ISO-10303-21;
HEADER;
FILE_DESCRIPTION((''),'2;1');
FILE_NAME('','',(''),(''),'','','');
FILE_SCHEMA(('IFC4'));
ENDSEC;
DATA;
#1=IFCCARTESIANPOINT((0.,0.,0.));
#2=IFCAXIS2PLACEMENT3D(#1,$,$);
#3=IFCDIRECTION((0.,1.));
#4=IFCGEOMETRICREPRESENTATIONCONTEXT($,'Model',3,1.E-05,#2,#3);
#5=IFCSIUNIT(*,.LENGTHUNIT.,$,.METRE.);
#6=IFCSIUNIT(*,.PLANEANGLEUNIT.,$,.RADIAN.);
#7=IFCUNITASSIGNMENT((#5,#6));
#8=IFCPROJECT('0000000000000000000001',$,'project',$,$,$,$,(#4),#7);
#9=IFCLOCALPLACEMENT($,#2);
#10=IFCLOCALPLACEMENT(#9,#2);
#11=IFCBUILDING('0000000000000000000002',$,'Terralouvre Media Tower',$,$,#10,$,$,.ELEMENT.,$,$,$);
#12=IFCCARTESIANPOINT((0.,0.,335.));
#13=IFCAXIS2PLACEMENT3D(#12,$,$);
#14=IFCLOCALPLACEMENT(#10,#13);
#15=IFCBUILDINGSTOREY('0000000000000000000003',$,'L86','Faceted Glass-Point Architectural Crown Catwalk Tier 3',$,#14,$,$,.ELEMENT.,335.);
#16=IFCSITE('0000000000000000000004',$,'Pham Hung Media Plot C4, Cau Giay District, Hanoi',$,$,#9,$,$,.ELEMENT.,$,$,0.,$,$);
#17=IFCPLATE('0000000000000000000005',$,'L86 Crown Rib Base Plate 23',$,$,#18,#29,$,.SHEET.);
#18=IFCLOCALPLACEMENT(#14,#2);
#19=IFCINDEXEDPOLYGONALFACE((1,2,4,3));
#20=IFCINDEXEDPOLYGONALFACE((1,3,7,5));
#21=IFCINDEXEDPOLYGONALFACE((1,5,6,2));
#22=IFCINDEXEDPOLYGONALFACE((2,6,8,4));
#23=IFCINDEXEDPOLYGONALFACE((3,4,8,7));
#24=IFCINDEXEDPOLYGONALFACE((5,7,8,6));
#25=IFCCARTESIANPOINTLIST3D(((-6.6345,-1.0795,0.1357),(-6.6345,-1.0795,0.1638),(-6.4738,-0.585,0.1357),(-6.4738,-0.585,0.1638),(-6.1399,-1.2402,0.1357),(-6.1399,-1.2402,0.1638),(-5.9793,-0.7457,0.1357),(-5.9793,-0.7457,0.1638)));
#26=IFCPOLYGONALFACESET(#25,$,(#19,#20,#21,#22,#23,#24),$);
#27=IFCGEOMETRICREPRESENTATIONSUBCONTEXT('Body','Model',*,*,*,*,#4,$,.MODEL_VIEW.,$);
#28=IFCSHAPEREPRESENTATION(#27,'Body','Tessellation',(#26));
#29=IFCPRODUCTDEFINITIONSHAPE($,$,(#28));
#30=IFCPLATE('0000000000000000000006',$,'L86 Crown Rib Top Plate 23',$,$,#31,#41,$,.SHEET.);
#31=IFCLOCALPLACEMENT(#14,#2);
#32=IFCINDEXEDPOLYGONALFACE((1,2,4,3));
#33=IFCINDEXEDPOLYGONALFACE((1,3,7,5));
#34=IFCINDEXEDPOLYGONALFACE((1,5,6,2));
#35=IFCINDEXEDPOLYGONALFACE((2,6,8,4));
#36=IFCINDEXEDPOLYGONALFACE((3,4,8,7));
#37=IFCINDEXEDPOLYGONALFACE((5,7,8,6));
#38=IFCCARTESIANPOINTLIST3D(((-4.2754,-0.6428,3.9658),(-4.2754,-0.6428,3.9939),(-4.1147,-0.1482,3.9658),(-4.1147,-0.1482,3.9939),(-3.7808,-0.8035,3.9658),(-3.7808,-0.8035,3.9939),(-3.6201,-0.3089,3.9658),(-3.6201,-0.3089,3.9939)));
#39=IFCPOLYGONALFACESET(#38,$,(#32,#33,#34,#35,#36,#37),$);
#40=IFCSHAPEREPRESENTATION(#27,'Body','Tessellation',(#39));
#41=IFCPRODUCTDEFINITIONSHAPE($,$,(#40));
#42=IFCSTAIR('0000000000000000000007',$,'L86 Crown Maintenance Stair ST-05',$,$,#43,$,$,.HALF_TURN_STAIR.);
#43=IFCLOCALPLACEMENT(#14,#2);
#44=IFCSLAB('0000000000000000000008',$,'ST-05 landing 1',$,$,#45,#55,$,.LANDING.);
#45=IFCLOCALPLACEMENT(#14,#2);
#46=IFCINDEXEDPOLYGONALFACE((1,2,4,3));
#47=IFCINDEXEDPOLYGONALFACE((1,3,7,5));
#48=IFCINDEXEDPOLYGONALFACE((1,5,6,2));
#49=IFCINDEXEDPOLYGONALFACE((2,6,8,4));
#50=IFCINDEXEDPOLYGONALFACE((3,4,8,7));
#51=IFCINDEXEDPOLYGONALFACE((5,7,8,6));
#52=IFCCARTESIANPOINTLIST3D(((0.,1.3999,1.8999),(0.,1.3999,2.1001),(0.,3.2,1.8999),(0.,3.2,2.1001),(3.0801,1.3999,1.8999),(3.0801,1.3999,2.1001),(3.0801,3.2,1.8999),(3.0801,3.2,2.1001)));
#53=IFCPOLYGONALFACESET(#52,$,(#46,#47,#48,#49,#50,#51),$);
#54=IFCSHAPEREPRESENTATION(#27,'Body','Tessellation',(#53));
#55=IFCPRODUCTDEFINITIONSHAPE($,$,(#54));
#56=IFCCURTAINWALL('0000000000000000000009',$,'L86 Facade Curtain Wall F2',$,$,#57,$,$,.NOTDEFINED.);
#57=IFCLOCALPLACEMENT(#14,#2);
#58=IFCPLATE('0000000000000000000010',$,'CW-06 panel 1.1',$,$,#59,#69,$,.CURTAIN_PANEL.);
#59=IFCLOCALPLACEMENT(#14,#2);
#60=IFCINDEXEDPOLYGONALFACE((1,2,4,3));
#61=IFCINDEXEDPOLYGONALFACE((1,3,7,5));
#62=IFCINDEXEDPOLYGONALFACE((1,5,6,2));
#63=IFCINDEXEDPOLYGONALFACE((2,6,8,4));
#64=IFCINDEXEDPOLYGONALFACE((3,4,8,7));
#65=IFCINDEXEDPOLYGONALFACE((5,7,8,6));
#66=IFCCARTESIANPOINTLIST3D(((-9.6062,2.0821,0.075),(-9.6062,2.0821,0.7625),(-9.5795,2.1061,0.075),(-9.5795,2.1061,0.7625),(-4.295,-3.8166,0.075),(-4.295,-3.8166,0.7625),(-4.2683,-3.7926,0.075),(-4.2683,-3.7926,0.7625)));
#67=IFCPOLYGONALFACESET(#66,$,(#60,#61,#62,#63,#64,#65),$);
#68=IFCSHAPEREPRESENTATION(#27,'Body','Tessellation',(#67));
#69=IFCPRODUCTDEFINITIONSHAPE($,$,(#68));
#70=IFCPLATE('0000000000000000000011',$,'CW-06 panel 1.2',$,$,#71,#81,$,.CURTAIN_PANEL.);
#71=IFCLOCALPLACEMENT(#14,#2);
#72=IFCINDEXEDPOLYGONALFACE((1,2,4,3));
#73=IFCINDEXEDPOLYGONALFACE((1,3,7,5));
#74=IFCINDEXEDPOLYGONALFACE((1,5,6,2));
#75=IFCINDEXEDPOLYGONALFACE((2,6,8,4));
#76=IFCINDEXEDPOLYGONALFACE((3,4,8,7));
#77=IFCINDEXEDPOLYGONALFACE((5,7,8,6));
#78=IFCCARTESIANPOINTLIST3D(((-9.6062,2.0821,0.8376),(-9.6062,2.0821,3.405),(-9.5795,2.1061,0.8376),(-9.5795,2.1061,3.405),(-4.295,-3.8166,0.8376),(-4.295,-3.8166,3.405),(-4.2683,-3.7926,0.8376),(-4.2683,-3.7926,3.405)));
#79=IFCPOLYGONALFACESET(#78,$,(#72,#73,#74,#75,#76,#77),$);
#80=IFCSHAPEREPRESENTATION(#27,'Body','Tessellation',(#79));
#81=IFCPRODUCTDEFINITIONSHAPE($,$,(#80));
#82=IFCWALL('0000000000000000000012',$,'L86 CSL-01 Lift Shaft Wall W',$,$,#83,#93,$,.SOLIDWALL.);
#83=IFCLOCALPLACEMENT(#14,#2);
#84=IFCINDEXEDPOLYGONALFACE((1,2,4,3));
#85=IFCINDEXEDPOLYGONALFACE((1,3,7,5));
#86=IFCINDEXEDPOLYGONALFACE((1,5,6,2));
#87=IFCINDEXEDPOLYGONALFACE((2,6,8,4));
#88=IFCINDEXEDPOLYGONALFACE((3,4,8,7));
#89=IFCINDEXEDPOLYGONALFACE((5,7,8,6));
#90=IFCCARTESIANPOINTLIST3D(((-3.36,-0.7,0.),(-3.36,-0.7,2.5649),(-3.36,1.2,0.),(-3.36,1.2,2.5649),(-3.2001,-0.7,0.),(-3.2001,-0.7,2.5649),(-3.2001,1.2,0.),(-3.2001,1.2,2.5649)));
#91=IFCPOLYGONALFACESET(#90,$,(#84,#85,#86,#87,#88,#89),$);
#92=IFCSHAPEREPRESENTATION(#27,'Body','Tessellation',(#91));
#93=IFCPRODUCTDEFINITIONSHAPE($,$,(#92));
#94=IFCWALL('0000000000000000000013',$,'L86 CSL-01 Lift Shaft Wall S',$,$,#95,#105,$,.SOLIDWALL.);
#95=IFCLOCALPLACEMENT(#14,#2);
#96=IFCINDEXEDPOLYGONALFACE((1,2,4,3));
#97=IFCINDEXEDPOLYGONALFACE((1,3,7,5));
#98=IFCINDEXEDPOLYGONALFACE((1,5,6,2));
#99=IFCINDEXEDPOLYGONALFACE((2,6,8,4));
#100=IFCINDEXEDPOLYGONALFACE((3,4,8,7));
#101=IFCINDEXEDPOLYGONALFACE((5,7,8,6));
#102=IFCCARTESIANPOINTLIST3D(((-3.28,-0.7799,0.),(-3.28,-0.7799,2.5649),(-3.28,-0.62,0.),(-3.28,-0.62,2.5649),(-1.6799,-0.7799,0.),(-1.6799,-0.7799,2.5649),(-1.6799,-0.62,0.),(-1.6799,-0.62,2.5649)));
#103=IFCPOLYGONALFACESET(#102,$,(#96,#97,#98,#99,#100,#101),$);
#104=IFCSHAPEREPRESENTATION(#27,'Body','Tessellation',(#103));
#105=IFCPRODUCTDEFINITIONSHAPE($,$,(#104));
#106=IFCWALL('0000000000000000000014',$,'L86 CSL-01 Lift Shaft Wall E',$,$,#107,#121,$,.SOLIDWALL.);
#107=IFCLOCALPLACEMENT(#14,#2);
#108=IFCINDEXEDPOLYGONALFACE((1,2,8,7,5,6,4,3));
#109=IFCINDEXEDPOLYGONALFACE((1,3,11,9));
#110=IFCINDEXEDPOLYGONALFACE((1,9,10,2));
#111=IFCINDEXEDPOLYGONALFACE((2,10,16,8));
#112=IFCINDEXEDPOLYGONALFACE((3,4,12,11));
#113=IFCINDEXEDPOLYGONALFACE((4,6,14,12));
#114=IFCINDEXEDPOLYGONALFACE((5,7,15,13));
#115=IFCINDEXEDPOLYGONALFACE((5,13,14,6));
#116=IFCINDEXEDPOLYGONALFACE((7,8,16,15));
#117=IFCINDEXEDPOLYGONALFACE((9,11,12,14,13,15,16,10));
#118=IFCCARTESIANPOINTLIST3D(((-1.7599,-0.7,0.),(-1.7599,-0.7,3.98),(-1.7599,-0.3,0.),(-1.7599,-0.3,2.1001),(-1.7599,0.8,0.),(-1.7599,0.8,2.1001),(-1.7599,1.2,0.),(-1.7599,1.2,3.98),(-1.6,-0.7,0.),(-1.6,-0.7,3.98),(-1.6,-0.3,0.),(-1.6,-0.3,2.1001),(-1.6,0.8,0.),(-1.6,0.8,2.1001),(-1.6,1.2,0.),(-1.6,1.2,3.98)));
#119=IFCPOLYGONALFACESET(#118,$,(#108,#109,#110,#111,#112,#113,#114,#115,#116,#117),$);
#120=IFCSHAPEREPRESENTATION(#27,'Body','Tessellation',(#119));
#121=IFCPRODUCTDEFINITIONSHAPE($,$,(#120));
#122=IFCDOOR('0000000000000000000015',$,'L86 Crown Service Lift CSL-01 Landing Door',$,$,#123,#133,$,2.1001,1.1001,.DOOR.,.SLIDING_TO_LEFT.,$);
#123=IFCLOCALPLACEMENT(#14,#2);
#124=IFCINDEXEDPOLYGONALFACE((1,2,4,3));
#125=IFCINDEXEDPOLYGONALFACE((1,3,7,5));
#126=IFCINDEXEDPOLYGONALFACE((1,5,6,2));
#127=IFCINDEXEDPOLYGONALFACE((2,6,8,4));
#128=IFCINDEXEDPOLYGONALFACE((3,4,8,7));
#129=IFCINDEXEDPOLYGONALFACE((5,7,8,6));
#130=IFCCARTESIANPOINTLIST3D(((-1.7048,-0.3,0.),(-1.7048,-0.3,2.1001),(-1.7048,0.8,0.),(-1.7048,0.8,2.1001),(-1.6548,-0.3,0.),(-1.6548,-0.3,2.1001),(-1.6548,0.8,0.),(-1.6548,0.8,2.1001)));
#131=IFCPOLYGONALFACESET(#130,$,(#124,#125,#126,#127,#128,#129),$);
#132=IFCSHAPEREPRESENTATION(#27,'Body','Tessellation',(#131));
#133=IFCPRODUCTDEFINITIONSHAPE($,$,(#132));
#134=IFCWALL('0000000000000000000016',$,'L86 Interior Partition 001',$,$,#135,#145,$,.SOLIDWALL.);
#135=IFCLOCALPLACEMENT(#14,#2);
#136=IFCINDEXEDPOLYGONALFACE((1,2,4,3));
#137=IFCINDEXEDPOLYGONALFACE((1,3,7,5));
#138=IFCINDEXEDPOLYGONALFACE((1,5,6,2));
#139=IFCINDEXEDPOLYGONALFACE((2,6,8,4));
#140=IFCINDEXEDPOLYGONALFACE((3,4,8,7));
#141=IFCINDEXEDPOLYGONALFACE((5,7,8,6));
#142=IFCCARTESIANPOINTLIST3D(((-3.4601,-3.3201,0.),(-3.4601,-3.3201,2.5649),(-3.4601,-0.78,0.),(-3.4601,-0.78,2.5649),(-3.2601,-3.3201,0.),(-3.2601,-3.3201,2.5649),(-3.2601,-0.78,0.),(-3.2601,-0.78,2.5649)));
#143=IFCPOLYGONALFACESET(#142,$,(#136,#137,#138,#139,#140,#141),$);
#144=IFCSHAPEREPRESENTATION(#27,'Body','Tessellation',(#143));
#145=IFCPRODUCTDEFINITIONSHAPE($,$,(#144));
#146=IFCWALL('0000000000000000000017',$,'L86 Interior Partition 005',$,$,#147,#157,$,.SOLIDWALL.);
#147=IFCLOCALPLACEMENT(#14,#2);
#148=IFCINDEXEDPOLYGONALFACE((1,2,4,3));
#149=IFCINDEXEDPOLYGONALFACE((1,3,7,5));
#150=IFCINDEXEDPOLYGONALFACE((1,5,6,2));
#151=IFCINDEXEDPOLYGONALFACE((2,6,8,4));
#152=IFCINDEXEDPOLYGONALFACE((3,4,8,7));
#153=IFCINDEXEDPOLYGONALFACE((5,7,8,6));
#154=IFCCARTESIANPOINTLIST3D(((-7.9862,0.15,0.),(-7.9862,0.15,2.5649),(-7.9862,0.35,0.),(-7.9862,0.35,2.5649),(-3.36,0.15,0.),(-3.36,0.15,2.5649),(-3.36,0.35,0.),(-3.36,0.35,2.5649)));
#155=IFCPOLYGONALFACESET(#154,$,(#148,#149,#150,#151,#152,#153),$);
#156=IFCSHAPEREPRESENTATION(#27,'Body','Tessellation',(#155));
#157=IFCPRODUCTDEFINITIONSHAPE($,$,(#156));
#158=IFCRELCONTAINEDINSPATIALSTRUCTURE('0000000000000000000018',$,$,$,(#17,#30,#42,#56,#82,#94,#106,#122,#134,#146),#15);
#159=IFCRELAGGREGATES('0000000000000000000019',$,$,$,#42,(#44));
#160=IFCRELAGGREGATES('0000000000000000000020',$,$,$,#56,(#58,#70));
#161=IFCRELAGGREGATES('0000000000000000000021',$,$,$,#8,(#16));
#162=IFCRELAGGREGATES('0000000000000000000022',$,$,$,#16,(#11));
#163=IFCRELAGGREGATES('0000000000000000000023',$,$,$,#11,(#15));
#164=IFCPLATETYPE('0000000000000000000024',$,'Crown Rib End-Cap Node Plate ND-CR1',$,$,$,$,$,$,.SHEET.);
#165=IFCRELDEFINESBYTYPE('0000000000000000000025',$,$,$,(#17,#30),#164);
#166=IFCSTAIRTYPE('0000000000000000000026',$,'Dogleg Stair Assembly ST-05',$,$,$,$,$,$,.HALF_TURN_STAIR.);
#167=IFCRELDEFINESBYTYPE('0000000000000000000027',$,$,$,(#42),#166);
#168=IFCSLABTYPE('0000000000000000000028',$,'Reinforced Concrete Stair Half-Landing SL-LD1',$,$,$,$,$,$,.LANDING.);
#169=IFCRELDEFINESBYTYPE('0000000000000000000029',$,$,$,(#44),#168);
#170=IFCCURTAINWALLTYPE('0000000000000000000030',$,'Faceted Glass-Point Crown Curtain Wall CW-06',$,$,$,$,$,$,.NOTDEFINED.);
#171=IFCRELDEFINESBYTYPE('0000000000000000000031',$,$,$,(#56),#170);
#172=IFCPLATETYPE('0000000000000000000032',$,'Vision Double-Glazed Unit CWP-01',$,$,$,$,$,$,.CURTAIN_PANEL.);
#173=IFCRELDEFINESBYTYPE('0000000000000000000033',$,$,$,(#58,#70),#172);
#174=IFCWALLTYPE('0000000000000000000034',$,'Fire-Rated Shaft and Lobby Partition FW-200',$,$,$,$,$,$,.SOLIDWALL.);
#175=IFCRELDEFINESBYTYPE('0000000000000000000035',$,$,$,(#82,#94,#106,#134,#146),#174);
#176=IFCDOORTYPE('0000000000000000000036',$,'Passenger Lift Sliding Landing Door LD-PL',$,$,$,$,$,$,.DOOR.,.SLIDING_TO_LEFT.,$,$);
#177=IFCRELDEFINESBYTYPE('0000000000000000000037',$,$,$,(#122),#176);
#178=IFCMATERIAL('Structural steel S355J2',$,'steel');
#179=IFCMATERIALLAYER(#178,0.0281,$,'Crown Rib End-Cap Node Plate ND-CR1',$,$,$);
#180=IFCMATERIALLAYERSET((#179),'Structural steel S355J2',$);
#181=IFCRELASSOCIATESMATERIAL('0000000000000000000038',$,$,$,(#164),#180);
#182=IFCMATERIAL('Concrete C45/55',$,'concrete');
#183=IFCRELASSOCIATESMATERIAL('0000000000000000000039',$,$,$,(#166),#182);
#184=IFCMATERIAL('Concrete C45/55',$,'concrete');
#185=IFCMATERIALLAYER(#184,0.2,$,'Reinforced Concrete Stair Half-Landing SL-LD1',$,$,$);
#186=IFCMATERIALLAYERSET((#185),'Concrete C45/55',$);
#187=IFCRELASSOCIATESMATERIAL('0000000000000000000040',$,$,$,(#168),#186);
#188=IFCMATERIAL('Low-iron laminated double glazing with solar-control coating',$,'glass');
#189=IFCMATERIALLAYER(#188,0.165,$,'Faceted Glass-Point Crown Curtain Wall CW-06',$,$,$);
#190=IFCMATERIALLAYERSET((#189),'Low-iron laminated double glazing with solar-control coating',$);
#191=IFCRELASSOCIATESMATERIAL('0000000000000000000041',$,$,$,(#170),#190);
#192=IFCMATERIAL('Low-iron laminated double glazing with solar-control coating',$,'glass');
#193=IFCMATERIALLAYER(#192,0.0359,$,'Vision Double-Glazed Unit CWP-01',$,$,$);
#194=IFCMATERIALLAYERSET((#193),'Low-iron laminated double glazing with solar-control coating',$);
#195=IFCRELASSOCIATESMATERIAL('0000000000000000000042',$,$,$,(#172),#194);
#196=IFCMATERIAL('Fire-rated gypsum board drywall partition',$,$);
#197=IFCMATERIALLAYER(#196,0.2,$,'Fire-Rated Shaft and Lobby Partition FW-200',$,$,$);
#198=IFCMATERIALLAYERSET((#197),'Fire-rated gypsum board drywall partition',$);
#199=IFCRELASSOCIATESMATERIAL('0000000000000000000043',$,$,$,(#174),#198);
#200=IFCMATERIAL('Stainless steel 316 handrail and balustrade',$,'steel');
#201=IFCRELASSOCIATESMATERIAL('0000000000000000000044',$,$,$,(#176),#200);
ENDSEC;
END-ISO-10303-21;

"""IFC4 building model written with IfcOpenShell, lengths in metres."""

from ifc_helpers import new_model, si_unit, direction, frame, frame_2d, origin, origin_2d, place, context, subcontext, project, spatial, polyline, rectangle, outline, extrude, material, layer, layer_set, type_object, element, fill, aggregate, save


model = new_model("IFC4")

# Units and contexts
model_context = context("Model", 3, precision=1e-05, world=origin(), true_north=direction((0.0, 1.0)))
body_context = subcontext(model_context, "Body", "Model", "MODEL_VIEW")
ifc_project = project(units=[si_unit("LENGTHUNIT", "METRE"), si_unit("PLANEANGLEUNIT", "RADIAN")], contexts=[model_context])

# Site, building, storey
site_placement = place(None, origin())
site = spatial("IfcSite", under=ifc_project, at=site_placement, Name="Pham Hung Media Plot C4, Cau Giay District, Hanoi", CompositionType="ELEMENT", RefElevation=0.0)
building_placement = place(site_placement, origin())
building = spatial("IfcBuilding", under=site, at=building_placement, Name="Terralouvre Media Tower", CompositionType="ELEMENT")
storey_placement = place(building_placement, frame((0.0, 0.0, 335.0)))
storey = spatial("IfcBuildingStorey", under=building, at=storey_placement, Name="L86", Description="Faceted Glass-Point Architectural Crown Catwalk Tier 3", CompositionType="ELEMENT", Elevation=335.0)

# Plates
ifc_material_1 = material(Name="Structural steel S355J2", Category="steel")
ifc_layer_1 = layer(ifc_material_1, 0.0281, Name="Crown Rib End-Cap Node Plate ND-CR1")
ifc_layer_set_1 = layer_set([ifc_layer_1], Name="Structural steel S355J2")
plate_type_1 = type_object("IfcPlateType", Name="Crown Rib End-Cap Node Plate ND-CR1", PredefinedType="SHEET", material=ifc_layer_set_1)
for number, where, z_axis, x_axis, name in (
    (1, (-6.3069, -0.9126, 0.1357), (0.0, 0.0, 1.0), (0.309017, 0.951057, 0.0), "L86 Crown Rib Base Plate 23"),
    (2, (-3.9478, -0.4758, 3.9658), (0.0, 0.0, 1.0), (0.309017, 0.951057, 0.0), "L86 Crown Rib Top Plate 23"),
):
    element("IfcPlate", number, at=place(storey_placement, frame(where, z_axis=z_axis, x_axis=x_axis)), inside=storey, type_object=plate_type_1, Name=name, PredefinedType="SHEET", context=body_context, shape_type="SweptSolid", body=[
        extrude(rectangle(XDim=0.52, YDim=0.52, at=origin_2d()), origin(), (0.0, 0.0, 1.0), 0.0281),
    ])

# Stair, slab
ifc_material_2 = material(Name="Concrete C45/55", Category="concrete")
stair_type = type_object("IfcStairType", Name="Dogleg Stair Assembly ST-05", PredefinedType="HALF_TURN_STAIR", material=ifc_material_2)
stair_placement = place(storey_placement, origin())
stair = element("IfcStair", 3, at=stair_placement, inside=storey, type_object=stair_type, Name="L86 Crown Maintenance Stair ST-05", PredefinedType="HALF_TURN_STAIR")
ifc_material_3 = material(Name="Concrete C45/55", Category="concrete")
ifc_layer_2 = layer(ifc_material_3, 0.2, Name="Reinforced Concrete Stair Half-Landing SL-LD1")
ifc_layer_set_2 = layer_set([ifc_layer_2], Name="Concrete C45/55")
slab_type_1 = type_object("IfcSlabType", Name="Reinforced Concrete Stair Half-Landing SL-LD1", PredefinedType="LANDING", material=ifc_layer_set_2)
slab_1_placement = place(storey_placement, frame((0.0, 0.0, 1.8999)))
slab_1 = element("IfcSlab", 4, at=slab_1_placement, type_object=slab_type_1, Name="ST-05 landing 1", PredefinedType="LANDING", context=body_context, shape_type="SweptSolid", body=[
    extrude(outline(polyline([(3.0801, 1.3999), (3.0801, 3.2), (0.0, 3.2), (0.0, 1.3999), (3.0801, 1.3999)])), origin(), (0.0, 0.0, 1.0), 0.2002),
])
aggregate(stair, [slab_1])

# Curtain wall, plates
ifc_material_4 = material(Name="Low-iron laminated double glazing with solar-control coating", Category="glass")
ifc_layer_3 = layer(ifc_material_4, 0.165, Name="Faceted Glass-Point Crown Curtain Wall CW-06")
ifc_layer_set_3 = layer_set([ifc_layer_3], Name="Low-iron laminated double glazing with solar-control coating")
curtain_wall_type = type_object("IfcCurtainWallType", Name="Faceted Glass-Point Crown Curtain Wall CW-06", PredefinedType="NOTDEFINED", material=ifc_layer_set_3)
curtain_wall_placement = place(storey_placement, origin())
curtain_wall = element("IfcCurtainWall", 5, at=curtain_wall_placement, inside=storey, type_object=curtain_wall_type, Name="L86 Facade Curtain Wall F2", PredefinedType="NOTDEFINED")
ifc_material_5 = material(Name="Low-iron laminated double glazing with solar-control coating", Category="glass")
ifc_layer_4 = layer(ifc_material_5, 0.0359, Name="Vision Double-Glazed Unit CWP-01")
ifc_layer_set_4 = layer_set([ifc_layer_4], Name="Low-iron laminated double glazing with solar-control coating")
plate_type_2 = type_object("IfcPlateType", Name="Vision Double-Glazed Unit CWP-01", PredefinedType="CURTAIN_PANEL", material=ifc_layer_set_4)
plate_1_placement = place(storey_placement, frame((-6.9373, -0.8552, 0.075), z_axis=(0.0, 0.0, 1.0), x_axis=(0.66913, -0.743145, 0.0)))
plate_1 = element("IfcPlate", 6, at=plate_1_placement, type_object=plate_type_2, Name="CW-06 panel 1.1", PredefinedType="CURTAIN_PANEL", context=body_context, shape_type="SweptSolid", body=[
    extrude(rectangle(XDim=7.9375, YDim=0.0359, at=origin_2d()), origin(), (0.0, 0.0, 1.0), 0.6875),
])
plate_2_placement = place(storey_placement, frame((-6.9373, -0.8552, 0.8376), z_axis=(0.0, 0.0, 1.0), x_axis=(0.66913, -0.743145, 0.0)))
plate_2 = element("IfcPlate", 7, at=plate_2_placement, type_object=plate_type_2, Name="CW-06 panel 1.2", PredefinedType="CURTAIN_PANEL", context=body_context, shape_type="SweptSolid", body=[
    extrude(rectangle(XDim=7.9375, YDim=0.0359, at=origin_2d()), origin(), (0.0, 0.0, 1.0), 2.5674),
])
aggregate(curtain_wall, [plate_1, plate_2])

# Walls
ifc_material_6 = material(Name="Fire-rated gypsum board drywall partition")
ifc_layer_5 = layer(ifc_material_6, 0.2, Name="Fire-Rated Shaft and Lobby Partition FW-200")
ifc_layer_set_5 = layer_set([ifc_layer_5], Name="Fire-rated gypsum board drywall partition")
wall_type = type_object("IfcWallType", Name="Fire-Rated Shaft and Lobby Partition FW-200", PredefinedType="SOLIDWALL", material=ifc_layer_set_5)
wall_1_placement = place(storey_placement, frame((-3.28, -0.7, 0.0), z_axis=(0.0, 0.0, 1.0), x_axis=(0.0, 1.0, 0.0)))
element("IfcWall", 8, at=wall_1_placement, inside=storey, type_object=wall_type, Name="L86 CSL-01 Lift Shaft Wall W", PredefinedType="SOLIDWALL", context=body_context, shape_type="SweptSolid", body=[
    extrude(rectangle(XDim=1.8999, YDim=0.1599, at=frame_2d((0.95, 0.0))), origin(), (0.0, 0.0, 1.0), 2.5649),
])
wall_2_placement = place(storey_placement, frame((-1.6799, -0.7, 0.0), z_axis=(0.0, 0.0, 1.0), x_axis=(-1.0, 0.0, 0.0)))
element("IfcWall", 9, at=wall_2_placement, inside=storey, type_object=wall_type, Name="L86 CSL-01 Lift Shaft Wall S", PredefinedType="SOLIDWALL", context=body_context, shape_type="SweptSolid", body=[
    extrude(rectangle(XDim=1.6001, YDim=0.1599, at=frame_2d((0.8, 0.0))), origin(), (0.0, 0.0, 1.0), 2.5649),
])

# Wall, opening, door
wall_3_placement = place(storey_placement, frame((-1.6799, -0.7, 0.0), z_axis=(0.0, 0.0, 1.0), x_axis=(0.0, 1.0, 0.0)))
wall_3 = element("IfcWall", 10, at=wall_3_placement, inside=storey, type_object=wall_type, Name="L86 CSL-01 Lift Shaft Wall E", PredefinedType="SOLIDWALL", context=body_context, shape_type="SweptSolid", body=[
    extrude(rectangle(XDim=1.8999, YDim=0.1599, at=frame_2d((0.95, 0.0))), origin(), (0.0, 0.0, 1.0), 3.98),
])
opening_placement = place(wall_3_placement, frame((0.3999, 0.0, 0.0)))
opening = element("IfcOpeningElement", 11, at=opening_placement, cuts=wall_3, PredefinedType="OPENING", context=body_context, shape_type="SweptSolid", body=[
    extrude(rectangle(XDim=1.1001, YDim=2.1001, at=frame_2d((0.55, 1.05))), frame((0.0, 0.0898, 0.0), z_axis=(0.0, -1.0, 0.0), x_axis=(1.0, 0.0, 0.0)), (0.0, 0.0, 1.0), 0.1799),
])
ifc_material_7 = material(Name="Stainless steel 316 handrail and balustrade", Category="steel")
door_type = type_object("IfcDoorType", Name="Passenger Lift Sliding Landing Door LD-PL", OperationType="SLIDING_TO_LEFT", PredefinedType="DOOR", material=ifc_material_7)
door_placement = place(opening_placement, origin())
door = element("IfcDoor", 12, at=door_placement, inside=storey, type_object=door_type, Name="L86 Crown Service Lift CSL-01 Landing Door", OperationType="SLIDING_TO_LEFT", OverallHeight=2.1001, OverallWidth=1.1001, PredefinedType="DOOR", context=body_context, shape_type="SweptSolid", body=[
    extrude(rectangle(XDim=1.1001, YDim=2.1001, at=frame_2d((0.55, 1.05))), frame((0.0, 0.0249, 0.0), z_axis=(0.0, -1.0, 0.0), x_axis=(1.0, 0.0, 0.0)), (0.0, 0.0, 1.0), 0.05),
])
fill(opening, door)

# Walls
wall_4_placement = place(storey_placement, frame((-3.3601, -0.78, 0.0), z_axis=(0.0, 0.0, 1.0), x_axis=(0.0, -1.0, 0.0)))
element("IfcWall", 13, at=wall_4_placement, inside=storey, type_object=wall_type, Name="L86 Interior Partition 001", PredefinedType="SOLIDWALL", context=body_context, shape_type="SweptSolid", body=[
    extrude(rectangle(XDim=2.54, YDim=0.2, at=frame_2d((1.27, 0.0))), origin(), (0.0, 0.0, 1.0), 2.5649),
])
wall_5_placement = place(storey_placement, frame((-3.3601, 0.25, 0.0), z_axis=(0.0, 0.0, 1.0), x_axis=(-1.0, 0.0, 0.0)))
element("IfcWall", 14, at=wall_5_placement, inside=storey, type_object=wall_type, Name="L86 Interior Partition 005", PredefinedType="SOLIDWALL", context=body_context, shape_type="SweptSolid", body=[
    extrude(rectangle(XDim=4.6262, YDim=0.2, at=frame_2d((2.313, 0.0))), origin(), (0.0, 0.0, 1.0), 2.5649),
])

save(model, "model.ifc")
